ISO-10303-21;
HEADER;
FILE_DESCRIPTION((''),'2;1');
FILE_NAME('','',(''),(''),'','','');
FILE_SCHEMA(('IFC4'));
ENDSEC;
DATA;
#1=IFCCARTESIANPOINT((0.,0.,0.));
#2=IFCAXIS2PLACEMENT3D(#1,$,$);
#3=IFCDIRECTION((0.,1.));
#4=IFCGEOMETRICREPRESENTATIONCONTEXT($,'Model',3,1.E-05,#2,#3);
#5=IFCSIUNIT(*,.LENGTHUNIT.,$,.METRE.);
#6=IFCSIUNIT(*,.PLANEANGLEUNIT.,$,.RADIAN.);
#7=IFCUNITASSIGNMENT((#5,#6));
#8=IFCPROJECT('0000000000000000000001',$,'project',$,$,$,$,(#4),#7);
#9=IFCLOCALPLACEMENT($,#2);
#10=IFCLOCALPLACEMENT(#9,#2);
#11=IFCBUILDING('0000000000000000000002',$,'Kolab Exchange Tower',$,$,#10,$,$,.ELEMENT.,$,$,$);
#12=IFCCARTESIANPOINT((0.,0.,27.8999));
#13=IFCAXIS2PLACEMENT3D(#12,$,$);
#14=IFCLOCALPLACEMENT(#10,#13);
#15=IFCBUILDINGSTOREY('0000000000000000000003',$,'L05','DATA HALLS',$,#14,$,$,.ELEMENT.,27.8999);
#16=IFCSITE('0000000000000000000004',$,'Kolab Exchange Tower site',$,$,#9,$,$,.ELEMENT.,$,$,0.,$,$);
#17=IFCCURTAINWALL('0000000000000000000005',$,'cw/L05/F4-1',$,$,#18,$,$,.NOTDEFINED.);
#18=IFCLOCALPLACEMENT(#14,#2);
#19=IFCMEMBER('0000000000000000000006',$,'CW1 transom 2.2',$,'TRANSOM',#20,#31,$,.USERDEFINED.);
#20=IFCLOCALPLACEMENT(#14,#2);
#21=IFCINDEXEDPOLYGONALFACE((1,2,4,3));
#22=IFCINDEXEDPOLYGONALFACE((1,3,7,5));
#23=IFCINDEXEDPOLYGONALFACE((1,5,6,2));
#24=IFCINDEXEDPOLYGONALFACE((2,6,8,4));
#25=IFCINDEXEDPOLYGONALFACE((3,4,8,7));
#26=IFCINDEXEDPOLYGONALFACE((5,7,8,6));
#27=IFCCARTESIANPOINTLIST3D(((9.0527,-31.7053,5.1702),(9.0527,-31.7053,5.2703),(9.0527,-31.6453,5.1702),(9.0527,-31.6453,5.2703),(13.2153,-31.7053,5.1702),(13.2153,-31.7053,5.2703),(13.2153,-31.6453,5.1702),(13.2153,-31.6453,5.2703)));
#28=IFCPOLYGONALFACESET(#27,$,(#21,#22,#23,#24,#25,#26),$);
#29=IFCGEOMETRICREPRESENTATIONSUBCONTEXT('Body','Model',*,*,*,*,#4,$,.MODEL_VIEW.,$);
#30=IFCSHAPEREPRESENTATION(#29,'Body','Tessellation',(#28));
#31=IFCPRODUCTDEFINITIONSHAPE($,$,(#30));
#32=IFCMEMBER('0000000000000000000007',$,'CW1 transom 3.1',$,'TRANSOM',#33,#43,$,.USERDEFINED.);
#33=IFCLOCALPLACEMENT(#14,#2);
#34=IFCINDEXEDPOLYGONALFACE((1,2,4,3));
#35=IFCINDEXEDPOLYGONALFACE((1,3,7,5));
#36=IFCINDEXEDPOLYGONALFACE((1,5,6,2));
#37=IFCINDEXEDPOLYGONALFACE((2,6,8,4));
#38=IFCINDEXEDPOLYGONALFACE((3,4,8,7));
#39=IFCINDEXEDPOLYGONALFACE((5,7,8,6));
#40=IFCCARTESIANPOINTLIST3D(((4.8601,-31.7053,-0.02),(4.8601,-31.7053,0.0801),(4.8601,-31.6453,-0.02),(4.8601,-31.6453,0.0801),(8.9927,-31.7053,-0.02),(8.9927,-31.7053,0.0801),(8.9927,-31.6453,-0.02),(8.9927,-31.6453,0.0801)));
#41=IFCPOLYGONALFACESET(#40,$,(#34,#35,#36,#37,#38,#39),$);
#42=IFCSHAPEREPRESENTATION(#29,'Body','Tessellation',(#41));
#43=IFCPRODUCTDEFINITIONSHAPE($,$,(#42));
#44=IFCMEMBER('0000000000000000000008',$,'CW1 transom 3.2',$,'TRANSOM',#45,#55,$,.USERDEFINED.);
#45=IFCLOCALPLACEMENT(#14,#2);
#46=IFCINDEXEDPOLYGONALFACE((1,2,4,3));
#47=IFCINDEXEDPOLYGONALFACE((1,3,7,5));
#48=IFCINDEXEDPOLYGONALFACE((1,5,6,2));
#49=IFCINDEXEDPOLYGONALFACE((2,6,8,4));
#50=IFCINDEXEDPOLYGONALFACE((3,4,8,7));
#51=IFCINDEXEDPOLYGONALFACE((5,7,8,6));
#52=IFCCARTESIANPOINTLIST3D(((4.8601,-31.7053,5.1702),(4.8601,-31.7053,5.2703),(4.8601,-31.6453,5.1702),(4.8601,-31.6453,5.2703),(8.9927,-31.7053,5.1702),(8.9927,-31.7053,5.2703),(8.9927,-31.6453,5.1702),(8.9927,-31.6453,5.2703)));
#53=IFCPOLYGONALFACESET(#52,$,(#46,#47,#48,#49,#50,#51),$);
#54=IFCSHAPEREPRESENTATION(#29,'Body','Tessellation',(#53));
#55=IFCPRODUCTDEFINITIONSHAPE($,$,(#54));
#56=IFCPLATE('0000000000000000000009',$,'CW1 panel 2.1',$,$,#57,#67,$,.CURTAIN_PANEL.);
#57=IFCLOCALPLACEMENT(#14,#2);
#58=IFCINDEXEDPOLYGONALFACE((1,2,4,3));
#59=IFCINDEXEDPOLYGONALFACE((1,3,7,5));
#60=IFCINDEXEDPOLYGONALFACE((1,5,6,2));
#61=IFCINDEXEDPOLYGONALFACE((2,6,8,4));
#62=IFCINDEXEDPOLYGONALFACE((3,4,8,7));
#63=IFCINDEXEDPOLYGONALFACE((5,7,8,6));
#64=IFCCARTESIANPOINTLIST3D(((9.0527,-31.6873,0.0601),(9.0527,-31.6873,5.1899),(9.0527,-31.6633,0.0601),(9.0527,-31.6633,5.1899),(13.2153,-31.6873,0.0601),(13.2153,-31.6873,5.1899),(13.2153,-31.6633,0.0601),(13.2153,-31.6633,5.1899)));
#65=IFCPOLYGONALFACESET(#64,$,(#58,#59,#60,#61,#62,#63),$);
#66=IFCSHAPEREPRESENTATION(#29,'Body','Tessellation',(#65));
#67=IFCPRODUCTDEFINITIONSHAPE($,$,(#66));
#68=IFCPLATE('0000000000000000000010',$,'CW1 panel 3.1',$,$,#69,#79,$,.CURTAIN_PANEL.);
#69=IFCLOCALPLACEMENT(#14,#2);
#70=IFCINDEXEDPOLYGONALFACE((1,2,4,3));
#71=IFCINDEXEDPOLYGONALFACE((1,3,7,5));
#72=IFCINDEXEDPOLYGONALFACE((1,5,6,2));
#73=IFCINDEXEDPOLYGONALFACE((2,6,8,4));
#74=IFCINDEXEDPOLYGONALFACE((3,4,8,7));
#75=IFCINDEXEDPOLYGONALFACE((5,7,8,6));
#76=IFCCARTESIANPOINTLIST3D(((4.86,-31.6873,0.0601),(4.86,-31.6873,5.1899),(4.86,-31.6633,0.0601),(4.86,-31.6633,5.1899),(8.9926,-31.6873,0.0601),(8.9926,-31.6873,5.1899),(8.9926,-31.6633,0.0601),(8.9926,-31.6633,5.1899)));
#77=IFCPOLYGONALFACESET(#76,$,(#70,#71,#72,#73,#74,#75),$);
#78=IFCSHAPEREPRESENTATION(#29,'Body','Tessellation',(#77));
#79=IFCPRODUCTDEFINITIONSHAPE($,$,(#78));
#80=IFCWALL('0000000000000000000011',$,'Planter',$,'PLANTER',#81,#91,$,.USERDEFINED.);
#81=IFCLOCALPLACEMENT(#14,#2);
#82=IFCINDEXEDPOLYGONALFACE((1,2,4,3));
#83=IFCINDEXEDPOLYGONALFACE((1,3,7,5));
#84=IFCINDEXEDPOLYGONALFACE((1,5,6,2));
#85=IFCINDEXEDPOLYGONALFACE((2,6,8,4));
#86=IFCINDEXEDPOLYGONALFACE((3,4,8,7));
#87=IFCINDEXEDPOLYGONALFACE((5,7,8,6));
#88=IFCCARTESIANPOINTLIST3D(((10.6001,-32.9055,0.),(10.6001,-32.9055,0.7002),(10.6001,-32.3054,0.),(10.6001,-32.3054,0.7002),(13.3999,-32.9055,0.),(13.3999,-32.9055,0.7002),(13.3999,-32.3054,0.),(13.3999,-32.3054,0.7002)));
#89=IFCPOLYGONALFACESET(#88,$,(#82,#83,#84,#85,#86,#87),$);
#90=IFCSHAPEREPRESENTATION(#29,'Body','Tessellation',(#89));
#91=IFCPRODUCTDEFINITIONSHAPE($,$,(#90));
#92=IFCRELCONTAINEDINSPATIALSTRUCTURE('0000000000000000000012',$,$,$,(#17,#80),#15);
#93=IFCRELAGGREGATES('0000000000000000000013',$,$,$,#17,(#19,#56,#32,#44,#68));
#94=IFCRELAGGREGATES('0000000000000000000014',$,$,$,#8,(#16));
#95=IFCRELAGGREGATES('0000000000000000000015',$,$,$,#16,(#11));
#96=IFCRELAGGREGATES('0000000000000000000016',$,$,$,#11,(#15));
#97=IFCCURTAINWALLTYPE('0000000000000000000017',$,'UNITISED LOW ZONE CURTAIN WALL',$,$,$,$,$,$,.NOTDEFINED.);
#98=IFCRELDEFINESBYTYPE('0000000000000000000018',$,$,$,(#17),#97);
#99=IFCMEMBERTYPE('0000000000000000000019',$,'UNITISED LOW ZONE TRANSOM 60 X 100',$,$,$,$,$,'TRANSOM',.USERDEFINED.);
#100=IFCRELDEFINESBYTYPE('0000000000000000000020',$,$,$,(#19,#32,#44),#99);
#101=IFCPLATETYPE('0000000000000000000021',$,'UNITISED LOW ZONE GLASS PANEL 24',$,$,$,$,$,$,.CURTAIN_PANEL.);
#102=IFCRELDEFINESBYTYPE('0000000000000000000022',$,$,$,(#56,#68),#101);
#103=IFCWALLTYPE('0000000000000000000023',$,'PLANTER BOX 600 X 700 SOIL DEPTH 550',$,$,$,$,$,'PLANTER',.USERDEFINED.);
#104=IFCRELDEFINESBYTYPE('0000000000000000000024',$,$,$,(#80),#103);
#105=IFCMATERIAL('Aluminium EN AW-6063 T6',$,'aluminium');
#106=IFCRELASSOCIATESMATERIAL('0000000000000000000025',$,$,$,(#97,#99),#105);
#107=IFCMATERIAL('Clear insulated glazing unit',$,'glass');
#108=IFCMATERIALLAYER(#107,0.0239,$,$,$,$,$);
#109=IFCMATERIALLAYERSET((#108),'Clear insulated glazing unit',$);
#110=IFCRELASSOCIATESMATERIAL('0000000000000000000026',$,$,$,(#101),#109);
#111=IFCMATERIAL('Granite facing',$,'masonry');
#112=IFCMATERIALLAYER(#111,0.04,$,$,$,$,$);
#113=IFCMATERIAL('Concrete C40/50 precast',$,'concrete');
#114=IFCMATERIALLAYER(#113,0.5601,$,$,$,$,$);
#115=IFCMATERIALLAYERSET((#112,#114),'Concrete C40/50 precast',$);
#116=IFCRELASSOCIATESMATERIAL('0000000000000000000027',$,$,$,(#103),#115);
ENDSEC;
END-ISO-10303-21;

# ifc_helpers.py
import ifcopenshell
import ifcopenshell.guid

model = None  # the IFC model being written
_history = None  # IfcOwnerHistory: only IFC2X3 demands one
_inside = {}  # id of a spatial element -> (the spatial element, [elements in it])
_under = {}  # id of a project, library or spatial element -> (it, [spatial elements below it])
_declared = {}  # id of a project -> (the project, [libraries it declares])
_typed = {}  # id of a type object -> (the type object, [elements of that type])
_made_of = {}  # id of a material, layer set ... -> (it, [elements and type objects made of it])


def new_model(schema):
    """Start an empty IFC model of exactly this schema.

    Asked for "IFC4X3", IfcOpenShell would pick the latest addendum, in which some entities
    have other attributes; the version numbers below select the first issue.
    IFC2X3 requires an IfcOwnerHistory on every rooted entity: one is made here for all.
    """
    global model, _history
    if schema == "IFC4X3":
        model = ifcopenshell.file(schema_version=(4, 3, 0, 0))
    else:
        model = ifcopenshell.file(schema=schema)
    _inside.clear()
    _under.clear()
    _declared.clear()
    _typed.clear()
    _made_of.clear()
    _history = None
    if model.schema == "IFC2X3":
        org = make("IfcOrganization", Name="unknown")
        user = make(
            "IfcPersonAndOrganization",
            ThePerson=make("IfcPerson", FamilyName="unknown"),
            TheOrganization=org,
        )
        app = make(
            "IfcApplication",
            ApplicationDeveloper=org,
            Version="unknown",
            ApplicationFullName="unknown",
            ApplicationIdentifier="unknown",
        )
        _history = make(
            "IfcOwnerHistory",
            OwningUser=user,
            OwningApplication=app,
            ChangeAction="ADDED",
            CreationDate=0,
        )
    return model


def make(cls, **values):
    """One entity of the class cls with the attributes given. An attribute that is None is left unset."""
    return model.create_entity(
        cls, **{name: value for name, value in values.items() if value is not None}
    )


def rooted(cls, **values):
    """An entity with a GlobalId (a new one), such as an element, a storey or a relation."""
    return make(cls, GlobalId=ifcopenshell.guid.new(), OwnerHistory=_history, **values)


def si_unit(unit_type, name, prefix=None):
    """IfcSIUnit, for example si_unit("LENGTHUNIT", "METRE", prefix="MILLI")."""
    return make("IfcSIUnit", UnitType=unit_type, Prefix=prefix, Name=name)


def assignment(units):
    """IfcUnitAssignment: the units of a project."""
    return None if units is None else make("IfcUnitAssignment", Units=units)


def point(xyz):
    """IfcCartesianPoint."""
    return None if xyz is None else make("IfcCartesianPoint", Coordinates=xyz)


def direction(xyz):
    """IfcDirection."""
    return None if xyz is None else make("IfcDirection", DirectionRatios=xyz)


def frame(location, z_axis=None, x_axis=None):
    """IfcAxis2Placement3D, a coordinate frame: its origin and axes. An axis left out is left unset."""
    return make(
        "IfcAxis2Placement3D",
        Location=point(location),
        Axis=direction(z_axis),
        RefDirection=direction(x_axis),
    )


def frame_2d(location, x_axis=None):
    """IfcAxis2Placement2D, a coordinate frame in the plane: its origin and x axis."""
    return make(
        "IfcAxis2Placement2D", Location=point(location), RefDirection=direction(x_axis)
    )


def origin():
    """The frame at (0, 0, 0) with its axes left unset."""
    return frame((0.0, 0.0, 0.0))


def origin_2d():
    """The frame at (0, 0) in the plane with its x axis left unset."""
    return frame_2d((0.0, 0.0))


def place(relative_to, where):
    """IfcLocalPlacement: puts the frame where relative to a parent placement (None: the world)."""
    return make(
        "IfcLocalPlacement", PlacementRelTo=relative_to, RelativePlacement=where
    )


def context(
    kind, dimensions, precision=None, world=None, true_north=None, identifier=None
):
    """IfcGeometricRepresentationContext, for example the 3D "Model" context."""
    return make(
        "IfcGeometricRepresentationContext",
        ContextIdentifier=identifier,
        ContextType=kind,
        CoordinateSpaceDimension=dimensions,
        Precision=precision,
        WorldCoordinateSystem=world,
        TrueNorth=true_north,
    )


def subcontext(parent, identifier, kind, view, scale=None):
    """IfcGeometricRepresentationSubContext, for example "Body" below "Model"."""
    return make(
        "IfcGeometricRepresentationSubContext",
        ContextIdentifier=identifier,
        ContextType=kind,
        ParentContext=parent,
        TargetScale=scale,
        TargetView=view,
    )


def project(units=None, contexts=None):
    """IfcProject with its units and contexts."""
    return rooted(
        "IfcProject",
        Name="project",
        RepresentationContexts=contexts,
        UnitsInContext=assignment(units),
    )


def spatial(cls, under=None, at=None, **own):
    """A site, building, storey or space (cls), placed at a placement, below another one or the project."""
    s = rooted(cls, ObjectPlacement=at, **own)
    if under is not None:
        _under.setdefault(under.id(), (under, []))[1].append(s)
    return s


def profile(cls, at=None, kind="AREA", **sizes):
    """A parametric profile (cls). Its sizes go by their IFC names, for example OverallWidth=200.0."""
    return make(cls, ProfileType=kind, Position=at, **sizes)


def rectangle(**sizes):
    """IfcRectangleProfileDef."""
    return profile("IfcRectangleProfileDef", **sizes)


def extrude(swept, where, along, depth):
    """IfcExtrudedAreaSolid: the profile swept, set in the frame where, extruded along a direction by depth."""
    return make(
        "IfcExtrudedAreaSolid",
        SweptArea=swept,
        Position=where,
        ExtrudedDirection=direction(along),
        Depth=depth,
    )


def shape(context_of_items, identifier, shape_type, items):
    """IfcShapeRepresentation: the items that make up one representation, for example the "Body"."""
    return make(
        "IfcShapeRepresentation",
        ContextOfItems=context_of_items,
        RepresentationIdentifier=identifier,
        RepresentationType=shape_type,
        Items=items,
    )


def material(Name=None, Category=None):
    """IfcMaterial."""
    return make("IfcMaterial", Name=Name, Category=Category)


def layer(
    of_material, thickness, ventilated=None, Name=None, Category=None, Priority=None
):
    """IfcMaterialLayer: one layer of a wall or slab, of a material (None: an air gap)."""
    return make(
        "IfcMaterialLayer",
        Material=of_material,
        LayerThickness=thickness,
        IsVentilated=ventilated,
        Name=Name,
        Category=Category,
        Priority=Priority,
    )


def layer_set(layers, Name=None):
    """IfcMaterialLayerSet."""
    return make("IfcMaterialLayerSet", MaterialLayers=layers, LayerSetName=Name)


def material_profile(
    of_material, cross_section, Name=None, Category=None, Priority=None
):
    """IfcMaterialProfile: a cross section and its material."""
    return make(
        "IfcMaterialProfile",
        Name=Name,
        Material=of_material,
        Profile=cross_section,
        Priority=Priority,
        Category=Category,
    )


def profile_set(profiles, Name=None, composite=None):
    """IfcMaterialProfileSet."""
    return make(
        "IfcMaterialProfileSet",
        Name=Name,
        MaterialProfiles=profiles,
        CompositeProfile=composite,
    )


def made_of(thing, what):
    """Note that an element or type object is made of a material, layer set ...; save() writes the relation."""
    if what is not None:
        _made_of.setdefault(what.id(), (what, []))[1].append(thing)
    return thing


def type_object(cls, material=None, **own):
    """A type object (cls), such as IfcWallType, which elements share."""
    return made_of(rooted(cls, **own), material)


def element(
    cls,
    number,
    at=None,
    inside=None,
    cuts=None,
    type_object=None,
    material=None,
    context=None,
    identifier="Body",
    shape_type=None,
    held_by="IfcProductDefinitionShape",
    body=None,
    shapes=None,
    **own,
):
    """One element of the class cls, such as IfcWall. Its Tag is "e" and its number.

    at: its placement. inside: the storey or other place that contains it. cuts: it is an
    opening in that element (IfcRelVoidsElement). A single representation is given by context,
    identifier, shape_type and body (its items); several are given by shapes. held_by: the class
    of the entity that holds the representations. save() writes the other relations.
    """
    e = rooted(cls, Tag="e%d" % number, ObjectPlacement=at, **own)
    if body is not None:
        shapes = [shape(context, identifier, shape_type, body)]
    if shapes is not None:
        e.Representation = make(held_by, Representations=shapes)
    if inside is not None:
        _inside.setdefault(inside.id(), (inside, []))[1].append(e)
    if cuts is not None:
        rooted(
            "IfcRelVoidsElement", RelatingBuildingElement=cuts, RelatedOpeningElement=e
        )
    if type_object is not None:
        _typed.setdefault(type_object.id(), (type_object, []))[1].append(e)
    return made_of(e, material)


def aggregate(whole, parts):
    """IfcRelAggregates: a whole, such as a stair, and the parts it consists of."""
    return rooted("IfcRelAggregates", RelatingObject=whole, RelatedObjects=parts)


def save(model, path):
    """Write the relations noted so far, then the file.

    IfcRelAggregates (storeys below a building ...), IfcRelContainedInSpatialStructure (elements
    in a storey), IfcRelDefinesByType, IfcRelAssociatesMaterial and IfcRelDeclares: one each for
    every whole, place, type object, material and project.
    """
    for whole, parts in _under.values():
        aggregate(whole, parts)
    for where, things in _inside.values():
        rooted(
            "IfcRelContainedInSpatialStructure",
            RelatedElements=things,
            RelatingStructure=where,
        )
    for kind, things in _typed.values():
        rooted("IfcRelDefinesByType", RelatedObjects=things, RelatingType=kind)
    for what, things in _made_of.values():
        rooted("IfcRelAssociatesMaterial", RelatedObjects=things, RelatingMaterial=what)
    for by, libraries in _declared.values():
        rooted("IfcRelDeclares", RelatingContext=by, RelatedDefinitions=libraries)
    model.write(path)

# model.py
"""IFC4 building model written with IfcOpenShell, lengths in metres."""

from ifc_helpers import new_model, si_unit, direction, frame, frame_2d, origin, origin_2d, place, context, subcontext, project, spatial, rectangle, extrude, material, layer, layer_set, material_profile, profile_set, type_object, element, aggregate, save


model = new_model("IFC4")

# Units and contexts
model_context = context("Model", 3, precision=1e-05, world=origin(), true_north=direction((0.0, 1.0)))
body_context = subcontext(model_context, "Body", "Model", "MODEL_VIEW")
ifc_project = project(units=[si_unit("LENGTHUNIT", "METRE"), si_unit("PLANEANGLEUNIT", "RADIAN")], contexts=[model_context])

# Site, building, storey
site_placement = place(None, origin())
site = spatial("IfcSite", under=ifc_project, at=site_placement, Name="Kolab Exchange Tower site", CompositionType="ELEMENT", RefElevation=0.0)
building_placement = place(site_placement, origin())
building = spatial("IfcBuilding", under=site, at=building_placement, Name="Kolab Exchange Tower", CompositionType="ELEMENT")
storey_placement = place(building_placement, frame((0.0, 0.0, 27.8999)))
storey = spatial("IfcBuildingStorey", under=building, at=storey_placement, Name="L05", Description="DATA HALLS", CompositionType="ELEMENT", Elevation=27.8999)

# Curtain wall, members, plates
ifc_material_1 = material(Name="Aluminium EN AW-6063 T6", Category="aluminium")
curtain_wall_type = type_object("IfcCurtainWallType", Name="UNITISED LOW ZONE CURTAIN WALL", PredefinedType="NOTDEFINED", material=ifc_material_1)
curtain_wall_placement = place(storey_placement, origin())
curtain_wall = element("IfcCurtainWall", 1, at=curtain_wall_placement, inside=storey, type_object=curtain_wall_type, Name="cw/L05/F4-1", PredefinedType="NOTDEFINED")
ifc_material_profile_1 = material_profile(ifc_material_1, rectangle(XDim=0.0601, YDim=0.1001, at=origin_2d()), Name="RECT 60X100")
ifc_profile_set_1 = profile_set([ifc_material_profile_1], Name="Aluminium EN AW-6063 T6")
member_type_1 = type_object("IfcMemberType", Name="UNITISED LOW ZONE TRANSOM 60 X 100", ElementType="TRANSOM", PredefinedType="USERDEFINED", material=ifc_profile_set_1)
member_1_placement = place(storey_placement, frame((13.2153, -31.6753, 5.2202), z_axis=(-1.0, 0.0, 0.0), x_axis=(0.0, -1.0, 0.0)))
member_1 = element("IfcMember", 2, at=member_1_placement, type_object=member_type_1, Name="CW1 transom 2.2", ObjectType="TRANSOM", PredefinedType="USERDEFINED", context=body_context, shape_type="SweptSolid", body=[
    extrude(rectangle(XDim=0.0601, YDim=0.1001, at=origin_2d()), origin(), (0.0, 0.0, 1.0), 4.1626),
])
member_2_placement = place(storey_placement, frame((8.9927, -31.6753, 0.03), z_axis=(-1.0, 0.0, 0.0), x_axis=(0.0, -1.0, 0.0)))
member_2 = element("IfcMember", 3, at=member_2_placement, type_object=member_type_1, Name="CW1 transom 3.1", ObjectType="TRANSOM", PredefinedType="USERDEFINED", context=body_context, shape_type="SweptSolid", body=[
    extrude(rectangle(XDim=0.0601, YDim=0.1001, at=origin_2d()), origin(), (0.0, 0.0, 1.0), 4.1326),
])
member_3_placement = place(storey_placement, frame((8.9927, -31.6753, 5.2202), z_axis=(-1.0, 0.0, 0.0), x_axis=(0.0, -1.0, 0.0)))
member_3 = element("IfcMember", 4, at=member_3_placement, type_object=member_type_1, Name="CW1 transom 3.2", ObjectType="TRANSOM", PredefinedType="USERDEFINED", context=body_context, shape_type="SweptSolid", body=[
    extrude(rectangle(XDim=0.0601, YDim=0.1001, at=origin_2d()), origin(), (0.0, 0.0, 1.0), 4.1326),
])
ifc_material_2 = material(Name="Clear insulated glazing unit", Category="glass")
ifc_layer_1 = layer(ifc_material_2, 0.0239)
ifc_layer_set_1 = layer_set([ifc_layer_1], Name="Clear insulated glazing unit")
plate_type = type_object("IfcPlateType", Name="UNITISED LOW ZONE GLASS PANEL 24", PredefinedType="CURTAIN_PANEL", material=ifc_layer_set_1)
plate_1_placement = place(storey_placement, frame((11.134, -31.6753, 0.0601), z_axis=(0.0, 0.0, 1.0), x_axis=(-1.0, 0.0, 0.0)))
plate_1 = element("IfcPlate", 5, at=plate_1_placement, type_object=plate_type, Name="CW1 panel 2.1", PredefinedType="CURTAIN_PANEL", context=body_context, shape_type="SweptSolid", body=[
    extrude(rectangle(XDim=4.1626, YDim=0.0239, at=origin_2d()), origin(), (0.0, 0.0, 1.0), 5.1299),
])
plate_2_placement = place(storey_placement, frame((6.9263, -31.6753, 0.0601), z_axis=(0.0, 0.0, 1.0), x_axis=(-1.0, 0.0, 0.0)))
plate_2 = element("IfcPlate", 6, at=plate_2_placement, type_object=plate_type, Name="CW1 panel 3.1", PredefinedType="CURTAIN_PANEL", context=body_context, shape_type="SweptSolid", body=[
    extrude(rectangle(XDim=4.1326, YDim=0.0239, at=origin_2d()), origin(), (0.0, 0.0, 1.0), 5.1299),
])
aggregate(curtain_wall, [member_1, plate_1, member_2, member_3, plate_2])

# Wall
ifc_material_3 = material(Name="Granite facing", Category="masonry")
ifc_layer_2 = layer(ifc_material_3, 0.04)
ifc_material_4 = material(Name="Concrete C40/50 precast", Category="concrete")
ifc_layer_3 = layer(ifc_material_4, 0.5601)
ifc_layer_set_2 = layer_set([ifc_layer_2, ifc_layer_3], Name="Concrete C40/50 precast")
wall_type_1 = type_object("IfcWallType", Name="PLANTER BOX 600 X 700 SOIL DEPTH 550", ElementType="PLANTER", PredefinedType="USERDEFINED", material=ifc_layer_set_2)
wall_1_placement = place(storey_placement, frame((13.3999, -32.6055, 0.0), z_axis=(0.0, 0.0, 1.0), x_axis=(-1.0, 0.0, 0.0)))
element("IfcWall", 7, at=wall_1_placement, inside=storey, type_object=wall_type_1, Name="Planter", ObjectType="PLANTER", PredefinedType="USERDEFINED", context=body_context, shape_type="SweptSolid", body=[
    extrude(rectangle(XDim=2.7998, YDim=0.6001, at=frame_2d((1.3999, 0.0))), origin(), (0.0, 0.0, 1.0), 0.7002),
])

save(model, "model.ifc")
